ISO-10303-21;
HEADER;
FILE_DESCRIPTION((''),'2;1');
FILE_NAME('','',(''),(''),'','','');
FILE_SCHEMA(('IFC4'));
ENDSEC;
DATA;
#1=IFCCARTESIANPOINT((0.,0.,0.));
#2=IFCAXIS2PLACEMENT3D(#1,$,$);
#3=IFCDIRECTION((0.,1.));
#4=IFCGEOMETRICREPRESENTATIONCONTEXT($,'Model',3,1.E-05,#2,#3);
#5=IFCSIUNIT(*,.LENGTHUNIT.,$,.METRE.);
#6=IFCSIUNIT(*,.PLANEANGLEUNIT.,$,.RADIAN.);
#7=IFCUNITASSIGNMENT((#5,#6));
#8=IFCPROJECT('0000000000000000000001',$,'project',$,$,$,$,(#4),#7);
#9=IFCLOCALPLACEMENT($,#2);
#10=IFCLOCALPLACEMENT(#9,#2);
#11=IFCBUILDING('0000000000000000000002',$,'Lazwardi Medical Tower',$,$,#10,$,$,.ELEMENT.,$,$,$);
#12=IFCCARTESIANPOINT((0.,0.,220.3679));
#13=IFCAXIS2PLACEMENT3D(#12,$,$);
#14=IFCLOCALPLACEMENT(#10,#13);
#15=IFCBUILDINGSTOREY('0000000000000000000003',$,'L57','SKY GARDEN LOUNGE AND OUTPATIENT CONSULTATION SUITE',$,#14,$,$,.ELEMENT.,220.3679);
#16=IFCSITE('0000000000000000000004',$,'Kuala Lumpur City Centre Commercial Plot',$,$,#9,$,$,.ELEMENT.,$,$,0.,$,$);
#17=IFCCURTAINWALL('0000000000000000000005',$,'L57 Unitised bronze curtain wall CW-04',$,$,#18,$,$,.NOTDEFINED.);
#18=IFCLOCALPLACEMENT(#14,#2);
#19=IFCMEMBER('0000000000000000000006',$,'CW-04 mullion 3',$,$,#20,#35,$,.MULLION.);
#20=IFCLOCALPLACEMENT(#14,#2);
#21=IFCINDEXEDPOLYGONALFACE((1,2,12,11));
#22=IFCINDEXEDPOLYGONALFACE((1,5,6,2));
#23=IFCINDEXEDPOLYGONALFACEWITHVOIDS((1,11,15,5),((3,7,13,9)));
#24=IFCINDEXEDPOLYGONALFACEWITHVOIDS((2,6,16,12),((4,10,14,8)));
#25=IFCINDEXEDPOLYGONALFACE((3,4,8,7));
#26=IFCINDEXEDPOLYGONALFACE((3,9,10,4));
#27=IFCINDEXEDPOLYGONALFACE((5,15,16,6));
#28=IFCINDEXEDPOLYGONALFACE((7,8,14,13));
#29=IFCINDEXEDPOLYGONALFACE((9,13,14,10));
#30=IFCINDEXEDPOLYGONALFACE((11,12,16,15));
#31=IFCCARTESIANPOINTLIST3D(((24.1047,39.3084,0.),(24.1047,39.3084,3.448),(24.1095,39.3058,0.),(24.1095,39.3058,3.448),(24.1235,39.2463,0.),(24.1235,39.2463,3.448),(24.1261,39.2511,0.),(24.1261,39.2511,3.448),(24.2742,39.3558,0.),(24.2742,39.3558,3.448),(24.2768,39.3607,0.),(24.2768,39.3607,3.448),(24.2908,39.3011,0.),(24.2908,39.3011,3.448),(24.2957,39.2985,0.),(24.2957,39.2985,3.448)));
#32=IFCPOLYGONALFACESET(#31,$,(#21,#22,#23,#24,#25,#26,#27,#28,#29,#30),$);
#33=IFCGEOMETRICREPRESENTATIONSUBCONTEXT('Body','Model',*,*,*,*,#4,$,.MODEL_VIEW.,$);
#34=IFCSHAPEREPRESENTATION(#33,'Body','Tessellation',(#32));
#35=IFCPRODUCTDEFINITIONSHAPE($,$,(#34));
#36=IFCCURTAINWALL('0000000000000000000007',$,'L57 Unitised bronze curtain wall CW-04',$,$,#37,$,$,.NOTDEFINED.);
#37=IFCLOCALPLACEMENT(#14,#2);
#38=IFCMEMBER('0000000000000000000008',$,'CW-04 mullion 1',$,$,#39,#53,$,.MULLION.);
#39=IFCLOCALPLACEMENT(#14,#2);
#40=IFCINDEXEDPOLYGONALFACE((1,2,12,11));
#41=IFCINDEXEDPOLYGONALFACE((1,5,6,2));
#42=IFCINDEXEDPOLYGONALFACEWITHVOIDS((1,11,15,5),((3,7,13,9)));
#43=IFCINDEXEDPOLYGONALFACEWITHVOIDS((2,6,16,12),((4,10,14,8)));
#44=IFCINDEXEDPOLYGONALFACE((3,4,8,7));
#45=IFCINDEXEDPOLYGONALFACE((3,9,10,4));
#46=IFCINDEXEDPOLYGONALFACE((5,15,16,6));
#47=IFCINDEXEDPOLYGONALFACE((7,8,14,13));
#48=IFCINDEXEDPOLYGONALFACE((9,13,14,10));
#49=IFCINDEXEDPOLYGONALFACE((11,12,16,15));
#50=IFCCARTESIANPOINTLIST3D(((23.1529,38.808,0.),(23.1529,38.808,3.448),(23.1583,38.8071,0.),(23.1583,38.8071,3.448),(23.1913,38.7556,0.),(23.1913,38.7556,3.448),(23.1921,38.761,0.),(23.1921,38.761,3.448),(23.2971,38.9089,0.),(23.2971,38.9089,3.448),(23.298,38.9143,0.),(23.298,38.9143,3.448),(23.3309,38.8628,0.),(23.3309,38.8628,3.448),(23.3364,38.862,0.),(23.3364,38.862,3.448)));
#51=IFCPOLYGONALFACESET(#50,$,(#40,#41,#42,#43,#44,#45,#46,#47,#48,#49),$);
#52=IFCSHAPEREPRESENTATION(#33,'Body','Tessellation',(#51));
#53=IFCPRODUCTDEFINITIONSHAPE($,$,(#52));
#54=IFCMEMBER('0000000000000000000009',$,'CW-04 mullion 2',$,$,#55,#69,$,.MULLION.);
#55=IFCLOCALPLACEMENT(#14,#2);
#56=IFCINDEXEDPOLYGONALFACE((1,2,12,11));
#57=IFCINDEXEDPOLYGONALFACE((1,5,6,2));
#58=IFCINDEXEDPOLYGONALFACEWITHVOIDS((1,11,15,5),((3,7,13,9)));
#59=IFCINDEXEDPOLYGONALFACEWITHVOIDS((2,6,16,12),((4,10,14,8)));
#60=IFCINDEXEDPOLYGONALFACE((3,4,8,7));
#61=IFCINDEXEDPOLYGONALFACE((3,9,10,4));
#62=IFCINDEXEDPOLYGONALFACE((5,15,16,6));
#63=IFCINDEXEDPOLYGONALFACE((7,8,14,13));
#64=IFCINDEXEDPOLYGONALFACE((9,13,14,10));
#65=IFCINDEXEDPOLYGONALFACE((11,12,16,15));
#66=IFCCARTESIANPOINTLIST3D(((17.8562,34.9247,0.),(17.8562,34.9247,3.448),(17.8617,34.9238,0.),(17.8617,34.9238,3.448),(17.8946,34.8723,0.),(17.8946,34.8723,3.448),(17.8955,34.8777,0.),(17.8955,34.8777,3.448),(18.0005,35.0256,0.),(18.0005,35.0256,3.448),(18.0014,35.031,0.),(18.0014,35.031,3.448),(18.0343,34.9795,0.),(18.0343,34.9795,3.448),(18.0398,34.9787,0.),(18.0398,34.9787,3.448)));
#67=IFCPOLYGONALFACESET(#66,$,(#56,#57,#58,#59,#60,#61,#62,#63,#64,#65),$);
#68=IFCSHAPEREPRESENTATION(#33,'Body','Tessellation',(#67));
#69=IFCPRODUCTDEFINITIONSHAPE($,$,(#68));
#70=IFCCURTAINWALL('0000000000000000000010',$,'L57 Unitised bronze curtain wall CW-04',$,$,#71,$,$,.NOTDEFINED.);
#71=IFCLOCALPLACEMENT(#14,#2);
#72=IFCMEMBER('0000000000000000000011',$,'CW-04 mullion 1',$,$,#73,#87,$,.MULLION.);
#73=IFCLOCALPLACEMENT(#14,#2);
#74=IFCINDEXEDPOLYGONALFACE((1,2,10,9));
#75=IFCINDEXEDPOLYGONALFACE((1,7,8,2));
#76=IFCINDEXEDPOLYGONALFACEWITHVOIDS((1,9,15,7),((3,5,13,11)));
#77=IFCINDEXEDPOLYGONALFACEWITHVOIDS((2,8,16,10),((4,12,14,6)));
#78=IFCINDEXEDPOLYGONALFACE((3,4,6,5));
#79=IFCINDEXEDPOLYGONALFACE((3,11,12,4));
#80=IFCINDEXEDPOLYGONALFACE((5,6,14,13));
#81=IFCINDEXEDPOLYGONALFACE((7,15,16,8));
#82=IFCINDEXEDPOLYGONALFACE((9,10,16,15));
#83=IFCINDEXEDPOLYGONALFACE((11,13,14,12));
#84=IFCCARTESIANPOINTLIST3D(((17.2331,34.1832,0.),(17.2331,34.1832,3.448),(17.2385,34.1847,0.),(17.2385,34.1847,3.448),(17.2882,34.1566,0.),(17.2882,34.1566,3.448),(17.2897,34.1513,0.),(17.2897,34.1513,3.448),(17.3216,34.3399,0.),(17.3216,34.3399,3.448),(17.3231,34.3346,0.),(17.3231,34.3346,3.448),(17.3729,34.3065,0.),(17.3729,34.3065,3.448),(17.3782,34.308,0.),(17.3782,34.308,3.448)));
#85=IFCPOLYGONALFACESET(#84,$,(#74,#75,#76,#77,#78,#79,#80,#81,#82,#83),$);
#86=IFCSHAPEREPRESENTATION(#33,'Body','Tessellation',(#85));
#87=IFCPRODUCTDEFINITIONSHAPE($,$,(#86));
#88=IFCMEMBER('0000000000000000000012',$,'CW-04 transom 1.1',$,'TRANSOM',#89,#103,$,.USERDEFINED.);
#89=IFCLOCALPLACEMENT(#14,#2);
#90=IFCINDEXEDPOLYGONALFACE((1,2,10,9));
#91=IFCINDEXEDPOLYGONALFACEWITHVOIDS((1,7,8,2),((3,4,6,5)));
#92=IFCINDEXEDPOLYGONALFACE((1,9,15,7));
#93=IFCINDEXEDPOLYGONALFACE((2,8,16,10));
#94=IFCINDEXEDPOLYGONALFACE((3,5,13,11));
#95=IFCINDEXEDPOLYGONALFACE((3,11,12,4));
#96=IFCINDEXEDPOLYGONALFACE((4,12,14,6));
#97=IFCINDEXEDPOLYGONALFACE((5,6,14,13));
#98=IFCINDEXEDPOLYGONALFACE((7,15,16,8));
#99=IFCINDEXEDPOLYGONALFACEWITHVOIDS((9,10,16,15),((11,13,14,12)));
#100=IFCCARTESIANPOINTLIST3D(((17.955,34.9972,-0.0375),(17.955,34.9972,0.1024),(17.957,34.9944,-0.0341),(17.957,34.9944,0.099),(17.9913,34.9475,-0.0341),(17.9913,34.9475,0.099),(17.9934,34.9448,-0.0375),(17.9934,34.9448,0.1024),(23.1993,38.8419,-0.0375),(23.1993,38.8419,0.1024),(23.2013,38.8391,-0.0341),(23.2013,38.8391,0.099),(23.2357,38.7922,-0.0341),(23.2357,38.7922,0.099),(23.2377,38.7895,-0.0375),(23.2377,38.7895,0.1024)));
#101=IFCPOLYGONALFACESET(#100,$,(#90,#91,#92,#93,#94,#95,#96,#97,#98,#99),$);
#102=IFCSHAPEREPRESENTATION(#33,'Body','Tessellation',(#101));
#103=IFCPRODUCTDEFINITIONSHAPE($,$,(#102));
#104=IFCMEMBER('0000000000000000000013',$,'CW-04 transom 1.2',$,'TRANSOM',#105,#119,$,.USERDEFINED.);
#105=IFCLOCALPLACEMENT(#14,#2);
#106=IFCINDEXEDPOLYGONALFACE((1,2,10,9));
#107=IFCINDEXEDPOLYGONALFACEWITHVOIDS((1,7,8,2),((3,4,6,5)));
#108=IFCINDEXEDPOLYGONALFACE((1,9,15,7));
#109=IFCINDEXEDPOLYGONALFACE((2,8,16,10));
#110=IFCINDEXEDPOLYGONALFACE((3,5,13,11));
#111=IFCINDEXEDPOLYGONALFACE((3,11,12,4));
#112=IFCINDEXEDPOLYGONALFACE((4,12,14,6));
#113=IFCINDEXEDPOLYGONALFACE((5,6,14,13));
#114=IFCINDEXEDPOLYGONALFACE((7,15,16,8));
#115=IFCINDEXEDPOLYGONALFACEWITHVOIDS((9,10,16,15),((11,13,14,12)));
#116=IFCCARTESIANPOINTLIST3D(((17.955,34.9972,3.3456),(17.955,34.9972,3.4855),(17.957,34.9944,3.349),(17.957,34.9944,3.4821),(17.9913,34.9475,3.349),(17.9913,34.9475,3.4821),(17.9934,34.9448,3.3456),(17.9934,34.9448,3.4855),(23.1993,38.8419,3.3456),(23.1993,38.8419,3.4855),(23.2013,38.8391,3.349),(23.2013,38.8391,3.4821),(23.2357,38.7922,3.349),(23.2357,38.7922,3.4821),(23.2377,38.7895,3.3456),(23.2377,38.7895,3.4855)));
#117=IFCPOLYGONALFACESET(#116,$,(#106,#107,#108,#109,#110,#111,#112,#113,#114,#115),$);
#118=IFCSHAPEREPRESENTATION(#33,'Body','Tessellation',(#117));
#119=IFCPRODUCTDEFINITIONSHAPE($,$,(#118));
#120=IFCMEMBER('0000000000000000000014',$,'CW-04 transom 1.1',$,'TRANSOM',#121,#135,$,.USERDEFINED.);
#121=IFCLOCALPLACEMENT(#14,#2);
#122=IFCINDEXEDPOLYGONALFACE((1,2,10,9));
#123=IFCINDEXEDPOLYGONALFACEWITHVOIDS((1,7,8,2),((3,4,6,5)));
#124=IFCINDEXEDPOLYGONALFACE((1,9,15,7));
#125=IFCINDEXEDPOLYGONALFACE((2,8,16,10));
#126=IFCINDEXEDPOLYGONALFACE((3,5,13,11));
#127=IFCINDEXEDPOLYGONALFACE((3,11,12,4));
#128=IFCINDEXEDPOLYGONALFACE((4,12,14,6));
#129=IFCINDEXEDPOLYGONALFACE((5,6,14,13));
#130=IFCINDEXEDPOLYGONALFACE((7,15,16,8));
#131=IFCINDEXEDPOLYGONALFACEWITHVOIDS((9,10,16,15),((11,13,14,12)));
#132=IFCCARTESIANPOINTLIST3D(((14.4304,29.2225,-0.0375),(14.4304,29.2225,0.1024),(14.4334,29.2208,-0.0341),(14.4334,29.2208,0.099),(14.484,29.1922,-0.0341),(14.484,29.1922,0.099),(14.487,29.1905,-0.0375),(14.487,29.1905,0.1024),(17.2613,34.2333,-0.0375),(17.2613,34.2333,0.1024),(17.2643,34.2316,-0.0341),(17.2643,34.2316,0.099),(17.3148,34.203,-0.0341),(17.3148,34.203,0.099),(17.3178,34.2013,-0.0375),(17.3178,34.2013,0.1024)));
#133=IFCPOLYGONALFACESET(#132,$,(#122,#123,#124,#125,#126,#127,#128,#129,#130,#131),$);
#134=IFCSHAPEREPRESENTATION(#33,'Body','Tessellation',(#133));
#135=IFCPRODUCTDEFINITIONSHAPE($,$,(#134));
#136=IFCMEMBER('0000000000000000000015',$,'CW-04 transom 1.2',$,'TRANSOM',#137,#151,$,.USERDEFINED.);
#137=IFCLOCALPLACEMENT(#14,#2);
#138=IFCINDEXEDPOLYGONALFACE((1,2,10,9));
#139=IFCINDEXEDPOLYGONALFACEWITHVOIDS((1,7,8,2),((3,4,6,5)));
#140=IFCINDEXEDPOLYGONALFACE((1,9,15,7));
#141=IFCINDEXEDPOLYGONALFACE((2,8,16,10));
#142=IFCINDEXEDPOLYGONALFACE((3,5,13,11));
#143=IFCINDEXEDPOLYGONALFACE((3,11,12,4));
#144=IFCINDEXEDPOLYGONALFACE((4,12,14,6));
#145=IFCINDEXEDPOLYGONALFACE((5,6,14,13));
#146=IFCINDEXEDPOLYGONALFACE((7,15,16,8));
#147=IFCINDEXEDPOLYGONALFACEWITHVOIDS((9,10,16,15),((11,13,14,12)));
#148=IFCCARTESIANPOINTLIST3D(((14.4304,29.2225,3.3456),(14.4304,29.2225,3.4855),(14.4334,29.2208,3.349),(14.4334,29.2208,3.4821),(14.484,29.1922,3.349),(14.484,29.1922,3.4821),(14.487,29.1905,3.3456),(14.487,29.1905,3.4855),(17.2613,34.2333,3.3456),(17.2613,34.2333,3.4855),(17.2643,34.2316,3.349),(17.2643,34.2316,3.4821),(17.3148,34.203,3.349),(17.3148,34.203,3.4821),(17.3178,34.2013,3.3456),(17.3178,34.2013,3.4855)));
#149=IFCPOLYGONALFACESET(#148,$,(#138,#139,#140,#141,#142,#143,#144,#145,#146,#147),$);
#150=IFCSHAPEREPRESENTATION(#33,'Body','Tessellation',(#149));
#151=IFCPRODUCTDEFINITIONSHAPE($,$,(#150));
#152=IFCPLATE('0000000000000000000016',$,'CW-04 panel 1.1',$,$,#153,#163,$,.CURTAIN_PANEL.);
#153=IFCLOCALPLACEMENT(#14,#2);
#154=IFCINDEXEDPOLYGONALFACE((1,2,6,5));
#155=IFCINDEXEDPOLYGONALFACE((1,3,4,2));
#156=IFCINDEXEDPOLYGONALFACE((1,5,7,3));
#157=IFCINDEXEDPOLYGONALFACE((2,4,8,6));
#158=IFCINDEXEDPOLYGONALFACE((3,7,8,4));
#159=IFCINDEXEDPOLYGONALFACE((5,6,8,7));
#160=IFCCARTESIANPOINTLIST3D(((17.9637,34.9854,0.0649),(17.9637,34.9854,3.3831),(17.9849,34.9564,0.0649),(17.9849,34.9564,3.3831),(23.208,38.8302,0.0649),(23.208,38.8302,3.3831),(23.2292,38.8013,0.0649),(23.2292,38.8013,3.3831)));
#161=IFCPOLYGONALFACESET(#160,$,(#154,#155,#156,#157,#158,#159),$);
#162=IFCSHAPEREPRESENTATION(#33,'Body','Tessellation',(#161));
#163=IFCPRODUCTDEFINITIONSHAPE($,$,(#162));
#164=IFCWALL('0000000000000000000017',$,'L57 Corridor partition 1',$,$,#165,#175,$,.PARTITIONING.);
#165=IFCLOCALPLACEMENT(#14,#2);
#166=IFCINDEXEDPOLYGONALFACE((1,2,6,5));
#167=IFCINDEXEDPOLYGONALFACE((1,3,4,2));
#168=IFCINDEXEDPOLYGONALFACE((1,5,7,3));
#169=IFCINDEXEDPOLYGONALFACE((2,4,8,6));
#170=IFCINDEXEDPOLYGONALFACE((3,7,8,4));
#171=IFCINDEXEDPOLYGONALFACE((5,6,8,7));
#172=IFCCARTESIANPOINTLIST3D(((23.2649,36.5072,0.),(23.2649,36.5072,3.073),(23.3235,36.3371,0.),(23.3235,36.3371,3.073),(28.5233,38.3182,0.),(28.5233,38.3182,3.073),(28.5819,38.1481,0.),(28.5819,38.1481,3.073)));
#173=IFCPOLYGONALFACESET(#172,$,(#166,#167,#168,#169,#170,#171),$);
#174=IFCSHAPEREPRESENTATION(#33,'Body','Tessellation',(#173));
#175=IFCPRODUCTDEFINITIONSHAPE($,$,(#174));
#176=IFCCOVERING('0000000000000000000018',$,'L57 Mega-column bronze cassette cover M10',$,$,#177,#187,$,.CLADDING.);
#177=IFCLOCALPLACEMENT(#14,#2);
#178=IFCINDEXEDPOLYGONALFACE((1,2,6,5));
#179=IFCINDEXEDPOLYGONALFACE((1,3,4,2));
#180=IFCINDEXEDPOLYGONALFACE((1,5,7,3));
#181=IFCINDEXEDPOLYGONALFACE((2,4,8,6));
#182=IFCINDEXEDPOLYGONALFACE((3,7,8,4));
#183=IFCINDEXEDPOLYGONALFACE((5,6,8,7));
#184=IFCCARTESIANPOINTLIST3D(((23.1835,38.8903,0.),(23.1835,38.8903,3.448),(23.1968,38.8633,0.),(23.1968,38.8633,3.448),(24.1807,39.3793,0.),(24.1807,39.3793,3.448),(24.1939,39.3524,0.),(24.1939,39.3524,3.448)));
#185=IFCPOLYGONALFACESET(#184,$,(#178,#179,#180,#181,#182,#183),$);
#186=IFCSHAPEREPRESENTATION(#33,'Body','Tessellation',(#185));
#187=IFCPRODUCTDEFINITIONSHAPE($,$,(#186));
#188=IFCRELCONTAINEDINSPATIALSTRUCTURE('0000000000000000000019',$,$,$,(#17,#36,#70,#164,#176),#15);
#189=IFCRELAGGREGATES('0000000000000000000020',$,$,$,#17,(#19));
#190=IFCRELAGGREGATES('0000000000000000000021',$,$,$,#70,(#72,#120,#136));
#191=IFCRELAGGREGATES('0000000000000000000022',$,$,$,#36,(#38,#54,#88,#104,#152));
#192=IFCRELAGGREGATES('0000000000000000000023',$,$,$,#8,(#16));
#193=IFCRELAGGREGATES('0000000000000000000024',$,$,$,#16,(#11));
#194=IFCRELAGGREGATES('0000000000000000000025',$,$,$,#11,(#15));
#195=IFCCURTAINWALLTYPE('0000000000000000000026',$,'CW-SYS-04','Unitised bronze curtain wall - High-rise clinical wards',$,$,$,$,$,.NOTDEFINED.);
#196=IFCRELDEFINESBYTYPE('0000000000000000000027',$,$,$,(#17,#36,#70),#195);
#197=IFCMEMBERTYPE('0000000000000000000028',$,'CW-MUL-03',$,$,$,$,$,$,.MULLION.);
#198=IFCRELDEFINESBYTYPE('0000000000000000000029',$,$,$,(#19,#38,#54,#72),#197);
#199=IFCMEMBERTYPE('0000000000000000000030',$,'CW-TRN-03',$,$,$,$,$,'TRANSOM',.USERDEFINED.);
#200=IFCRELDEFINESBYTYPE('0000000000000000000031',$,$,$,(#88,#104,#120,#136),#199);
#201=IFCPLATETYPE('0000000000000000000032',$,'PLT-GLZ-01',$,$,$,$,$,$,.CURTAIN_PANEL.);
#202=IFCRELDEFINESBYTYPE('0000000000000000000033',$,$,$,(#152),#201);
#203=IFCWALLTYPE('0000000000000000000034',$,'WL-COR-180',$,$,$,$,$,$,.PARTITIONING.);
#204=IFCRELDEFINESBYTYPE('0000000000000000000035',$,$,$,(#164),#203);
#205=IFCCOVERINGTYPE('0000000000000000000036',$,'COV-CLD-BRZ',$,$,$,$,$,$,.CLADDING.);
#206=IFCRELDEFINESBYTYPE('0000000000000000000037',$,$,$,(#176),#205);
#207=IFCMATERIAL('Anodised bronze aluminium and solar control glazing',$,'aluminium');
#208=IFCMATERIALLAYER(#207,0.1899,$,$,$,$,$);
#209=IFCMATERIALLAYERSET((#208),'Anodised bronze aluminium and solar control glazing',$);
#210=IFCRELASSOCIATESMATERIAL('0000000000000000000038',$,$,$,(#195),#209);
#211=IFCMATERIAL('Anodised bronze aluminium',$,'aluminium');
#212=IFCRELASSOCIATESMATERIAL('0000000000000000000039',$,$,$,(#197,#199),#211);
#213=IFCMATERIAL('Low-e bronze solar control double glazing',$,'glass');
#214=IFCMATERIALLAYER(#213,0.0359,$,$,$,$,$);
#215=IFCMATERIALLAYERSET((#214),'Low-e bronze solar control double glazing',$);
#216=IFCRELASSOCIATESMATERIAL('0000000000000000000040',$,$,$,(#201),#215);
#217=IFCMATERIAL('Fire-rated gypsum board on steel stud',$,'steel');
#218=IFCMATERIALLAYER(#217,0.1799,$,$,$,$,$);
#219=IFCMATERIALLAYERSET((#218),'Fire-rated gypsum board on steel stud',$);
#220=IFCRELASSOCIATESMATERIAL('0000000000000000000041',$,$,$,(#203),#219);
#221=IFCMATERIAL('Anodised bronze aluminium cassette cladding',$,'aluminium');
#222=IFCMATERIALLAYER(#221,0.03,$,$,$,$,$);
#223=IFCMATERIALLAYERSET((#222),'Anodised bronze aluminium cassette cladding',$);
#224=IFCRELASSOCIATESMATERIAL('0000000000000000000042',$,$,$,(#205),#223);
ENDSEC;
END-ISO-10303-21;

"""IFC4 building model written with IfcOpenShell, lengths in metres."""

from ifc_helpers import new_model, si_unit, direction, frame, frame_2d, origin, origin_2d, place, context, subcontext, project, spatial, rectangle, hollow_rectangle, extrude, material, layer, layer_set, material_profile, profile_set, type_object, element, aggregate, save


model = new_model("IFC4")

# Units and contexts
model_context = context("Model", 3, precision=1e-05, world=origin(), true_north=direction((0.0, 1.0)))
body_context = subcontext(model_context, "Body", "Model", "MODEL_VIEW")
ifc_project = project(units=[si_unit("LENGTHUNIT", "METRE"), si_unit("PLANEANGLEUNIT", "RADIAN")], contexts=[model_context])

# Site, building, storey
site_placement = place(None, origin())
site = spatial("IfcSite", under=ifc_project, at=site_placement, Name="Kuala Lumpur City Centre Commercial Plot", CompositionType="ELEMENT", RefElevation=0.0)
building_placement = place(site_placement, origin())
building = spatial("IfcBuilding", under=site, at=building_placement, Name="Lazwardi Medical Tower", CompositionType="ELEMENT")
storey_placement = place(building_placement, frame((0.0, 0.0, 220.3679)))
storey = spatial("IfcBuildingStorey", under=building, at=storey_placement, Name="L57", Description="SKY GARDEN LOUNGE AND OUTPATIENT CONSULTATION SUITE", CompositionType="ELEMENT", Elevation=220.3679)

# Curtain wall, member
ifc_material_1 = material(Name="Anodised bronze aluminium and solar control glazing", Category="aluminium")
ifc_layer_1 = layer(ifc_material_1, 0.1899)
ifc_layer_set_1 = layer_set([ifc_layer_1], Name="Anodised bronze aluminium and solar control glazing")
curtain_wall_type = type_object("IfcCurtainWallType", Name="CW-SYS-04", Description="Unitised bronze curtain wall - High-rise clinical wards", PredefinedType="NOTDEFINED", material=ifc_layer_set_1)
curtain_wall_1_placement = place(storey_placement, origin())
curtain_wall_1 = element("IfcCurtainWall", 1, at=curtain_wall_1_placement, inside=storey, type_object=curtain_wall_type, Name="L57 Unitised bronze curtain wall CW-04", PredefinedType="NOTDEFINED")
ifc_material_2 = material(Name="Anodised bronze aluminium", Category="aluminium")
ifc_material_profile_1 = material_profile(ifc_material_2, hollow_rectangle(XDim=0.0649, YDim=0.1799, WallThickness=0.0039, at=origin_2d()), Name="ALU-MULLION 180x65x4")
ifc_profile_set_1 = profile_set([ifc_material_profile_1], Name="Anodised bronze aluminium")
member_type_1 = type_object("IfcMemberType", Name="CW-MUL-03", PredefinedType="MULLION", material=ifc_profile_set_1)
member_1_placement = place(storey_placement, frame((24.2002, 39.3035, 0.0), z_axis=(0.0, 0.0, 1.0), x_axis=(0.290582, -0.95685, 0.0)))
member_1 = element("IfcMember", 2, at=member_1_placement, type_object=member_type_1, Name="CW-04 mullion 3", PredefinedType="MULLION", context=body_context, shape_type="SweptSolid", body=[
    extrude(hollow_rectangle(XDim=0.0649, YDim=0.1799, WallThickness=0.0039, at=origin_2d()), origin(), (0.0, 0.0, 1.0), 3.448),
])
aggregate(curtain_wall_1, [member_1])

# Curtain wall, members
curtain_wall_2_placement = place(storey_placement, origin())
curtain_wall_2 = element("IfcCurtainWall", 3, at=curtain_wall_2_placement, inside=storey, type_object=curtain_wall_type, Name="L57 Unitised bronze curtain wall CW-04", PredefinedType="NOTDEFINED")
member_2_placement = place(storey_placement, frame((23.2446, 38.835, 0.0), z_axis=(0.0, 0.0, 1.0), x_axis=(0.591268, -0.806475, 0.0)))
member_2 = element("IfcMember", 4, at=member_2_placement, type_object=member_type_1, Name="CW-04 mullion 1", PredefinedType="MULLION", context=body_context, shape_type="SweptSolid", body=[
    extrude(hollow_rectangle(XDim=0.0649, YDim=0.1799, WallThickness=0.0039, at=origin_2d()), origin(), (0.0, 0.0, 1.0), 3.448),
])
member_3_placement = place(storey_placement, frame((17.948, 34.9517, 0.0), z_axis=(0.0, 0.0, 1.0), x_axis=(0.591268, -0.806475, 0.0)))
member_3 = element("IfcMember", 5, at=member_3_placement, type_object=member_type_1, Name="CW-04 mullion 2", PredefinedType="MULLION", context=body_context, shape_type="SweptSolid", body=[
    extrude(hollow_rectangle(XDim=0.0649, YDim=0.1799, WallThickness=0.0039, at=origin_2d()), origin(), (0.0, 0.0, 1.0), 3.448),
])

# Curtain wall, member
curtain_wall_3_placement = place(storey_placement, origin())
curtain_wall_3 = element("IfcCurtainWall", 6, at=curtain_wall_3_placement, inside=storey, type_object=curtain_wall_type, Name="L57 Unitised bronze curtain wall CW-04", PredefinedType="NOTDEFINED")
member_4_placement = place(storey_placement, frame((17.3057, 34.2456, 0.0), z_axis=(0.0, 0.0, 1.0), x_axis=(0.870651, -0.4919, 0.0)))
member_4 = element("IfcMember", 7, at=member_4_placement, type_object=member_type_1, Name="CW-04 mullion 1", PredefinedType="MULLION", context=body_context, shape_type="SweptSolid", body=[
    extrude(hollow_rectangle(XDim=0.0649, YDim=0.1799, WallThickness=0.0039, at=origin_2d()), origin(), (0.0, 0.0, 1.0), 3.448),
])

# Members
ifc_material_profile_2 = material_profile(ifc_material_2, hollow_rectangle(XDim=0.0649, YDim=0.1399, WallThickness=0.0034, at=origin_2d()), Name="ALU-TRANSOM 140x65x3.5")
ifc_profile_set_2 = profile_set([ifc_material_profile_2], Name="Anodised bronze aluminium")
member_type_2 = type_object("IfcMemberType", Name="CW-TRN-03", ElementType="TRANSOM", PredefinedType="USERDEFINED", material=ifc_profile_set_2)
member_5_placement = place(storey_placement, frame((23.2185, 38.8157, 0.0325), z_axis=(-0.80649, -0.591248, 0.0), x_axis=(0.591248, -0.80649, 0.0)))
member_5 = element("IfcMember", 8, at=member_5_placement, type_object=member_type_2, Name="CW-04 transom 1.1", ObjectType="TRANSOM", PredefinedType="USERDEFINED", context=body_context, shape_type="SweptSolid", body=[
    extrude(hollow_rectangle(XDim=0.0649, YDim=0.1399, WallThickness=0.0034, at=origin_2d()), origin(), (0.0, 0.0, 1.0), 6.5027),
])
member_6_placement = place(storey_placement, frame((23.2185, 38.8157, 3.4155), z_axis=(-0.80649, -0.591248, 0.0), x_axis=(0.591248, -0.80649, 0.0)))
member_6 = element("IfcMember", 9, at=member_6_placement, type_object=member_type_2, Name="CW-04 transom 1.2", ObjectType="TRANSOM", PredefinedType="USERDEFINED", context=body_context, shape_type="SweptSolid", body=[
    extrude(hollow_rectangle(XDim=0.0649, YDim=0.1399, WallThickness=0.0034, at=origin_2d()), origin(), (0.0, 0.0, 1.0), 6.5027),
])
member_7_placement = place(storey_placement, frame((17.2896, 34.2173, 0.0325), z_axis=(-0.49188, -0.870663, 0.0), x_axis=(0.870663, -0.49188, 0.0)))
member_7 = element("IfcMember", 10, at=member_7_placement, type_object=member_type_2, Name="CW-04 transom 1.1", ObjectType="TRANSOM", PredefinedType="USERDEFINED", context=body_context, shape_type="SweptSolid", body=[
    extrude(hollow_rectangle(XDim=0.0649, YDim=0.1399, WallThickness=0.0034, at=origin_2d()), origin(), (0.0, 0.0, 1.0), 5.7551),
])
member_8_placement = place(storey_placement, frame((17.2896, 34.2173, 3.4155), z_axis=(-0.49188, -0.870663, 0.0), x_axis=(0.870663, -0.49188, 0.0)))
member_8 = element("IfcMember", 11, at=member_8_placement, type_object=member_type_2, Name="CW-04 transom 1.2", ObjectType="TRANSOM", PredefinedType="USERDEFINED", context=body_context, shape_type="SweptSolid", body=[
    extrude(hollow_rectangle(XDim=0.0649, YDim=0.1399, WallThickness=0.0034, at=origin_2d()), origin(), (0.0, 0.0, 1.0), 5.7551),
])
aggregate(curtain_wall_3, [member_4, member_7, member_8])

# Plate
ifc_material_3 = material(Name="Low-e bronze solar control double glazing", Category="glass")
ifc_layer_2 = layer(ifc_material_3, 0.0359)
ifc_layer_set_2 = layer_set([ifc_layer_2], Name="Low-e bronze solar control double glazing")
plate_type = type_object("IfcPlateType", Name="PLT-GLZ-01", PredefinedType="CURTAIN_PANEL", material=ifc_layer_set_2)
plate_placement = place(storey_placement, frame((20.5964, 36.8933, 0.0649), z_axis=(0.0, 0.0, 1.0), x_axis=(-0.806475, -0.591268, 0.0)))
plate = element("IfcPlate", 12, at=plate_placement, type_object=plate_type, Name="CW-04 panel 1.1", PredefinedType="CURTAIN_PANEL", context=body_context, shape_type="SweptSolid", body=[
    extrude(rectangle(XDim=6.5027, YDim=0.0359, at=origin_2d()), origin(), (0.0, 0.0, 1.0), 3.3181),
])
aggregate(curtain_wall_2, [member_2, member_3, member_5, member_6, plate])

# Wall
ifc_material_4 = material(Name="Fire-rated gypsum board on steel stud", Category="steel")
ifc_layer_3 = layer(ifc_material_4, 0.1799)
ifc_layer_set_3 = layer_set([ifc_layer_3], Name="Fire-rated gypsum board on steel stud")
wall_type = type_object("IfcWallType", Name="WL-COR-180", PredefinedType="PARTITIONING", material=ifc_layer_set_3)
wall_placement = place(storey_placement, frame((23.2942, 36.4221, 0.0), z_axis=(0.0, 0.0, 1.0), x_axis=(0.945493, 0.325642, 0.0)))
element("IfcWall", 13, at=wall_placement, inside=storey, type_object=wall_type, Name="L57 Corridor partition 1", PredefinedType="PARTITIONING", context=body_context, shape_type="SweptSolid", body=[
    extrude(rectangle(XDim=5.5615, YDim=0.1799, at=frame_2d((2.7808, 0.0))), origin(), (0.0, 0.0, 1.0), 3.073),
])

# Covering
ifc_material_5 = material(Name="Anodised bronze aluminium cassette cladding", Category="aluminium")
ifc_layer_4 = layer(ifc_material_5, 0.03)
ifc_layer_set_4 = layer_set([ifc_layer_4], Name="Anodised bronze aluminium cassette cladding")
covering_type = type_object("IfcCoveringType", Name="COV-CLD-BRZ", PredefinedType="CLADDING", material=ifc_layer_set_4)
covering_1_placement = place(storey_placement, frame((23.6887, 39.1213, 0.0), z_axis=(0.0, 0.0, 1.0), x_axis=(-0.89784, -0.440322, 0.0)))
element("IfcCovering", 14, at=covering_1_placement, inside=storey, type_object=covering_type, Name="L57 Mega-column bronze cassette cover M10", PredefinedType="CLADDING", context=body_context, shape_type="SweptSolid", body=[
    extrude(rectangle(XDim=1.1106, YDim=0.03, at=origin_2d()), origin(), (0.0, 0.0, 1.0), 3.448),
])

save(model, "model.ifc")
